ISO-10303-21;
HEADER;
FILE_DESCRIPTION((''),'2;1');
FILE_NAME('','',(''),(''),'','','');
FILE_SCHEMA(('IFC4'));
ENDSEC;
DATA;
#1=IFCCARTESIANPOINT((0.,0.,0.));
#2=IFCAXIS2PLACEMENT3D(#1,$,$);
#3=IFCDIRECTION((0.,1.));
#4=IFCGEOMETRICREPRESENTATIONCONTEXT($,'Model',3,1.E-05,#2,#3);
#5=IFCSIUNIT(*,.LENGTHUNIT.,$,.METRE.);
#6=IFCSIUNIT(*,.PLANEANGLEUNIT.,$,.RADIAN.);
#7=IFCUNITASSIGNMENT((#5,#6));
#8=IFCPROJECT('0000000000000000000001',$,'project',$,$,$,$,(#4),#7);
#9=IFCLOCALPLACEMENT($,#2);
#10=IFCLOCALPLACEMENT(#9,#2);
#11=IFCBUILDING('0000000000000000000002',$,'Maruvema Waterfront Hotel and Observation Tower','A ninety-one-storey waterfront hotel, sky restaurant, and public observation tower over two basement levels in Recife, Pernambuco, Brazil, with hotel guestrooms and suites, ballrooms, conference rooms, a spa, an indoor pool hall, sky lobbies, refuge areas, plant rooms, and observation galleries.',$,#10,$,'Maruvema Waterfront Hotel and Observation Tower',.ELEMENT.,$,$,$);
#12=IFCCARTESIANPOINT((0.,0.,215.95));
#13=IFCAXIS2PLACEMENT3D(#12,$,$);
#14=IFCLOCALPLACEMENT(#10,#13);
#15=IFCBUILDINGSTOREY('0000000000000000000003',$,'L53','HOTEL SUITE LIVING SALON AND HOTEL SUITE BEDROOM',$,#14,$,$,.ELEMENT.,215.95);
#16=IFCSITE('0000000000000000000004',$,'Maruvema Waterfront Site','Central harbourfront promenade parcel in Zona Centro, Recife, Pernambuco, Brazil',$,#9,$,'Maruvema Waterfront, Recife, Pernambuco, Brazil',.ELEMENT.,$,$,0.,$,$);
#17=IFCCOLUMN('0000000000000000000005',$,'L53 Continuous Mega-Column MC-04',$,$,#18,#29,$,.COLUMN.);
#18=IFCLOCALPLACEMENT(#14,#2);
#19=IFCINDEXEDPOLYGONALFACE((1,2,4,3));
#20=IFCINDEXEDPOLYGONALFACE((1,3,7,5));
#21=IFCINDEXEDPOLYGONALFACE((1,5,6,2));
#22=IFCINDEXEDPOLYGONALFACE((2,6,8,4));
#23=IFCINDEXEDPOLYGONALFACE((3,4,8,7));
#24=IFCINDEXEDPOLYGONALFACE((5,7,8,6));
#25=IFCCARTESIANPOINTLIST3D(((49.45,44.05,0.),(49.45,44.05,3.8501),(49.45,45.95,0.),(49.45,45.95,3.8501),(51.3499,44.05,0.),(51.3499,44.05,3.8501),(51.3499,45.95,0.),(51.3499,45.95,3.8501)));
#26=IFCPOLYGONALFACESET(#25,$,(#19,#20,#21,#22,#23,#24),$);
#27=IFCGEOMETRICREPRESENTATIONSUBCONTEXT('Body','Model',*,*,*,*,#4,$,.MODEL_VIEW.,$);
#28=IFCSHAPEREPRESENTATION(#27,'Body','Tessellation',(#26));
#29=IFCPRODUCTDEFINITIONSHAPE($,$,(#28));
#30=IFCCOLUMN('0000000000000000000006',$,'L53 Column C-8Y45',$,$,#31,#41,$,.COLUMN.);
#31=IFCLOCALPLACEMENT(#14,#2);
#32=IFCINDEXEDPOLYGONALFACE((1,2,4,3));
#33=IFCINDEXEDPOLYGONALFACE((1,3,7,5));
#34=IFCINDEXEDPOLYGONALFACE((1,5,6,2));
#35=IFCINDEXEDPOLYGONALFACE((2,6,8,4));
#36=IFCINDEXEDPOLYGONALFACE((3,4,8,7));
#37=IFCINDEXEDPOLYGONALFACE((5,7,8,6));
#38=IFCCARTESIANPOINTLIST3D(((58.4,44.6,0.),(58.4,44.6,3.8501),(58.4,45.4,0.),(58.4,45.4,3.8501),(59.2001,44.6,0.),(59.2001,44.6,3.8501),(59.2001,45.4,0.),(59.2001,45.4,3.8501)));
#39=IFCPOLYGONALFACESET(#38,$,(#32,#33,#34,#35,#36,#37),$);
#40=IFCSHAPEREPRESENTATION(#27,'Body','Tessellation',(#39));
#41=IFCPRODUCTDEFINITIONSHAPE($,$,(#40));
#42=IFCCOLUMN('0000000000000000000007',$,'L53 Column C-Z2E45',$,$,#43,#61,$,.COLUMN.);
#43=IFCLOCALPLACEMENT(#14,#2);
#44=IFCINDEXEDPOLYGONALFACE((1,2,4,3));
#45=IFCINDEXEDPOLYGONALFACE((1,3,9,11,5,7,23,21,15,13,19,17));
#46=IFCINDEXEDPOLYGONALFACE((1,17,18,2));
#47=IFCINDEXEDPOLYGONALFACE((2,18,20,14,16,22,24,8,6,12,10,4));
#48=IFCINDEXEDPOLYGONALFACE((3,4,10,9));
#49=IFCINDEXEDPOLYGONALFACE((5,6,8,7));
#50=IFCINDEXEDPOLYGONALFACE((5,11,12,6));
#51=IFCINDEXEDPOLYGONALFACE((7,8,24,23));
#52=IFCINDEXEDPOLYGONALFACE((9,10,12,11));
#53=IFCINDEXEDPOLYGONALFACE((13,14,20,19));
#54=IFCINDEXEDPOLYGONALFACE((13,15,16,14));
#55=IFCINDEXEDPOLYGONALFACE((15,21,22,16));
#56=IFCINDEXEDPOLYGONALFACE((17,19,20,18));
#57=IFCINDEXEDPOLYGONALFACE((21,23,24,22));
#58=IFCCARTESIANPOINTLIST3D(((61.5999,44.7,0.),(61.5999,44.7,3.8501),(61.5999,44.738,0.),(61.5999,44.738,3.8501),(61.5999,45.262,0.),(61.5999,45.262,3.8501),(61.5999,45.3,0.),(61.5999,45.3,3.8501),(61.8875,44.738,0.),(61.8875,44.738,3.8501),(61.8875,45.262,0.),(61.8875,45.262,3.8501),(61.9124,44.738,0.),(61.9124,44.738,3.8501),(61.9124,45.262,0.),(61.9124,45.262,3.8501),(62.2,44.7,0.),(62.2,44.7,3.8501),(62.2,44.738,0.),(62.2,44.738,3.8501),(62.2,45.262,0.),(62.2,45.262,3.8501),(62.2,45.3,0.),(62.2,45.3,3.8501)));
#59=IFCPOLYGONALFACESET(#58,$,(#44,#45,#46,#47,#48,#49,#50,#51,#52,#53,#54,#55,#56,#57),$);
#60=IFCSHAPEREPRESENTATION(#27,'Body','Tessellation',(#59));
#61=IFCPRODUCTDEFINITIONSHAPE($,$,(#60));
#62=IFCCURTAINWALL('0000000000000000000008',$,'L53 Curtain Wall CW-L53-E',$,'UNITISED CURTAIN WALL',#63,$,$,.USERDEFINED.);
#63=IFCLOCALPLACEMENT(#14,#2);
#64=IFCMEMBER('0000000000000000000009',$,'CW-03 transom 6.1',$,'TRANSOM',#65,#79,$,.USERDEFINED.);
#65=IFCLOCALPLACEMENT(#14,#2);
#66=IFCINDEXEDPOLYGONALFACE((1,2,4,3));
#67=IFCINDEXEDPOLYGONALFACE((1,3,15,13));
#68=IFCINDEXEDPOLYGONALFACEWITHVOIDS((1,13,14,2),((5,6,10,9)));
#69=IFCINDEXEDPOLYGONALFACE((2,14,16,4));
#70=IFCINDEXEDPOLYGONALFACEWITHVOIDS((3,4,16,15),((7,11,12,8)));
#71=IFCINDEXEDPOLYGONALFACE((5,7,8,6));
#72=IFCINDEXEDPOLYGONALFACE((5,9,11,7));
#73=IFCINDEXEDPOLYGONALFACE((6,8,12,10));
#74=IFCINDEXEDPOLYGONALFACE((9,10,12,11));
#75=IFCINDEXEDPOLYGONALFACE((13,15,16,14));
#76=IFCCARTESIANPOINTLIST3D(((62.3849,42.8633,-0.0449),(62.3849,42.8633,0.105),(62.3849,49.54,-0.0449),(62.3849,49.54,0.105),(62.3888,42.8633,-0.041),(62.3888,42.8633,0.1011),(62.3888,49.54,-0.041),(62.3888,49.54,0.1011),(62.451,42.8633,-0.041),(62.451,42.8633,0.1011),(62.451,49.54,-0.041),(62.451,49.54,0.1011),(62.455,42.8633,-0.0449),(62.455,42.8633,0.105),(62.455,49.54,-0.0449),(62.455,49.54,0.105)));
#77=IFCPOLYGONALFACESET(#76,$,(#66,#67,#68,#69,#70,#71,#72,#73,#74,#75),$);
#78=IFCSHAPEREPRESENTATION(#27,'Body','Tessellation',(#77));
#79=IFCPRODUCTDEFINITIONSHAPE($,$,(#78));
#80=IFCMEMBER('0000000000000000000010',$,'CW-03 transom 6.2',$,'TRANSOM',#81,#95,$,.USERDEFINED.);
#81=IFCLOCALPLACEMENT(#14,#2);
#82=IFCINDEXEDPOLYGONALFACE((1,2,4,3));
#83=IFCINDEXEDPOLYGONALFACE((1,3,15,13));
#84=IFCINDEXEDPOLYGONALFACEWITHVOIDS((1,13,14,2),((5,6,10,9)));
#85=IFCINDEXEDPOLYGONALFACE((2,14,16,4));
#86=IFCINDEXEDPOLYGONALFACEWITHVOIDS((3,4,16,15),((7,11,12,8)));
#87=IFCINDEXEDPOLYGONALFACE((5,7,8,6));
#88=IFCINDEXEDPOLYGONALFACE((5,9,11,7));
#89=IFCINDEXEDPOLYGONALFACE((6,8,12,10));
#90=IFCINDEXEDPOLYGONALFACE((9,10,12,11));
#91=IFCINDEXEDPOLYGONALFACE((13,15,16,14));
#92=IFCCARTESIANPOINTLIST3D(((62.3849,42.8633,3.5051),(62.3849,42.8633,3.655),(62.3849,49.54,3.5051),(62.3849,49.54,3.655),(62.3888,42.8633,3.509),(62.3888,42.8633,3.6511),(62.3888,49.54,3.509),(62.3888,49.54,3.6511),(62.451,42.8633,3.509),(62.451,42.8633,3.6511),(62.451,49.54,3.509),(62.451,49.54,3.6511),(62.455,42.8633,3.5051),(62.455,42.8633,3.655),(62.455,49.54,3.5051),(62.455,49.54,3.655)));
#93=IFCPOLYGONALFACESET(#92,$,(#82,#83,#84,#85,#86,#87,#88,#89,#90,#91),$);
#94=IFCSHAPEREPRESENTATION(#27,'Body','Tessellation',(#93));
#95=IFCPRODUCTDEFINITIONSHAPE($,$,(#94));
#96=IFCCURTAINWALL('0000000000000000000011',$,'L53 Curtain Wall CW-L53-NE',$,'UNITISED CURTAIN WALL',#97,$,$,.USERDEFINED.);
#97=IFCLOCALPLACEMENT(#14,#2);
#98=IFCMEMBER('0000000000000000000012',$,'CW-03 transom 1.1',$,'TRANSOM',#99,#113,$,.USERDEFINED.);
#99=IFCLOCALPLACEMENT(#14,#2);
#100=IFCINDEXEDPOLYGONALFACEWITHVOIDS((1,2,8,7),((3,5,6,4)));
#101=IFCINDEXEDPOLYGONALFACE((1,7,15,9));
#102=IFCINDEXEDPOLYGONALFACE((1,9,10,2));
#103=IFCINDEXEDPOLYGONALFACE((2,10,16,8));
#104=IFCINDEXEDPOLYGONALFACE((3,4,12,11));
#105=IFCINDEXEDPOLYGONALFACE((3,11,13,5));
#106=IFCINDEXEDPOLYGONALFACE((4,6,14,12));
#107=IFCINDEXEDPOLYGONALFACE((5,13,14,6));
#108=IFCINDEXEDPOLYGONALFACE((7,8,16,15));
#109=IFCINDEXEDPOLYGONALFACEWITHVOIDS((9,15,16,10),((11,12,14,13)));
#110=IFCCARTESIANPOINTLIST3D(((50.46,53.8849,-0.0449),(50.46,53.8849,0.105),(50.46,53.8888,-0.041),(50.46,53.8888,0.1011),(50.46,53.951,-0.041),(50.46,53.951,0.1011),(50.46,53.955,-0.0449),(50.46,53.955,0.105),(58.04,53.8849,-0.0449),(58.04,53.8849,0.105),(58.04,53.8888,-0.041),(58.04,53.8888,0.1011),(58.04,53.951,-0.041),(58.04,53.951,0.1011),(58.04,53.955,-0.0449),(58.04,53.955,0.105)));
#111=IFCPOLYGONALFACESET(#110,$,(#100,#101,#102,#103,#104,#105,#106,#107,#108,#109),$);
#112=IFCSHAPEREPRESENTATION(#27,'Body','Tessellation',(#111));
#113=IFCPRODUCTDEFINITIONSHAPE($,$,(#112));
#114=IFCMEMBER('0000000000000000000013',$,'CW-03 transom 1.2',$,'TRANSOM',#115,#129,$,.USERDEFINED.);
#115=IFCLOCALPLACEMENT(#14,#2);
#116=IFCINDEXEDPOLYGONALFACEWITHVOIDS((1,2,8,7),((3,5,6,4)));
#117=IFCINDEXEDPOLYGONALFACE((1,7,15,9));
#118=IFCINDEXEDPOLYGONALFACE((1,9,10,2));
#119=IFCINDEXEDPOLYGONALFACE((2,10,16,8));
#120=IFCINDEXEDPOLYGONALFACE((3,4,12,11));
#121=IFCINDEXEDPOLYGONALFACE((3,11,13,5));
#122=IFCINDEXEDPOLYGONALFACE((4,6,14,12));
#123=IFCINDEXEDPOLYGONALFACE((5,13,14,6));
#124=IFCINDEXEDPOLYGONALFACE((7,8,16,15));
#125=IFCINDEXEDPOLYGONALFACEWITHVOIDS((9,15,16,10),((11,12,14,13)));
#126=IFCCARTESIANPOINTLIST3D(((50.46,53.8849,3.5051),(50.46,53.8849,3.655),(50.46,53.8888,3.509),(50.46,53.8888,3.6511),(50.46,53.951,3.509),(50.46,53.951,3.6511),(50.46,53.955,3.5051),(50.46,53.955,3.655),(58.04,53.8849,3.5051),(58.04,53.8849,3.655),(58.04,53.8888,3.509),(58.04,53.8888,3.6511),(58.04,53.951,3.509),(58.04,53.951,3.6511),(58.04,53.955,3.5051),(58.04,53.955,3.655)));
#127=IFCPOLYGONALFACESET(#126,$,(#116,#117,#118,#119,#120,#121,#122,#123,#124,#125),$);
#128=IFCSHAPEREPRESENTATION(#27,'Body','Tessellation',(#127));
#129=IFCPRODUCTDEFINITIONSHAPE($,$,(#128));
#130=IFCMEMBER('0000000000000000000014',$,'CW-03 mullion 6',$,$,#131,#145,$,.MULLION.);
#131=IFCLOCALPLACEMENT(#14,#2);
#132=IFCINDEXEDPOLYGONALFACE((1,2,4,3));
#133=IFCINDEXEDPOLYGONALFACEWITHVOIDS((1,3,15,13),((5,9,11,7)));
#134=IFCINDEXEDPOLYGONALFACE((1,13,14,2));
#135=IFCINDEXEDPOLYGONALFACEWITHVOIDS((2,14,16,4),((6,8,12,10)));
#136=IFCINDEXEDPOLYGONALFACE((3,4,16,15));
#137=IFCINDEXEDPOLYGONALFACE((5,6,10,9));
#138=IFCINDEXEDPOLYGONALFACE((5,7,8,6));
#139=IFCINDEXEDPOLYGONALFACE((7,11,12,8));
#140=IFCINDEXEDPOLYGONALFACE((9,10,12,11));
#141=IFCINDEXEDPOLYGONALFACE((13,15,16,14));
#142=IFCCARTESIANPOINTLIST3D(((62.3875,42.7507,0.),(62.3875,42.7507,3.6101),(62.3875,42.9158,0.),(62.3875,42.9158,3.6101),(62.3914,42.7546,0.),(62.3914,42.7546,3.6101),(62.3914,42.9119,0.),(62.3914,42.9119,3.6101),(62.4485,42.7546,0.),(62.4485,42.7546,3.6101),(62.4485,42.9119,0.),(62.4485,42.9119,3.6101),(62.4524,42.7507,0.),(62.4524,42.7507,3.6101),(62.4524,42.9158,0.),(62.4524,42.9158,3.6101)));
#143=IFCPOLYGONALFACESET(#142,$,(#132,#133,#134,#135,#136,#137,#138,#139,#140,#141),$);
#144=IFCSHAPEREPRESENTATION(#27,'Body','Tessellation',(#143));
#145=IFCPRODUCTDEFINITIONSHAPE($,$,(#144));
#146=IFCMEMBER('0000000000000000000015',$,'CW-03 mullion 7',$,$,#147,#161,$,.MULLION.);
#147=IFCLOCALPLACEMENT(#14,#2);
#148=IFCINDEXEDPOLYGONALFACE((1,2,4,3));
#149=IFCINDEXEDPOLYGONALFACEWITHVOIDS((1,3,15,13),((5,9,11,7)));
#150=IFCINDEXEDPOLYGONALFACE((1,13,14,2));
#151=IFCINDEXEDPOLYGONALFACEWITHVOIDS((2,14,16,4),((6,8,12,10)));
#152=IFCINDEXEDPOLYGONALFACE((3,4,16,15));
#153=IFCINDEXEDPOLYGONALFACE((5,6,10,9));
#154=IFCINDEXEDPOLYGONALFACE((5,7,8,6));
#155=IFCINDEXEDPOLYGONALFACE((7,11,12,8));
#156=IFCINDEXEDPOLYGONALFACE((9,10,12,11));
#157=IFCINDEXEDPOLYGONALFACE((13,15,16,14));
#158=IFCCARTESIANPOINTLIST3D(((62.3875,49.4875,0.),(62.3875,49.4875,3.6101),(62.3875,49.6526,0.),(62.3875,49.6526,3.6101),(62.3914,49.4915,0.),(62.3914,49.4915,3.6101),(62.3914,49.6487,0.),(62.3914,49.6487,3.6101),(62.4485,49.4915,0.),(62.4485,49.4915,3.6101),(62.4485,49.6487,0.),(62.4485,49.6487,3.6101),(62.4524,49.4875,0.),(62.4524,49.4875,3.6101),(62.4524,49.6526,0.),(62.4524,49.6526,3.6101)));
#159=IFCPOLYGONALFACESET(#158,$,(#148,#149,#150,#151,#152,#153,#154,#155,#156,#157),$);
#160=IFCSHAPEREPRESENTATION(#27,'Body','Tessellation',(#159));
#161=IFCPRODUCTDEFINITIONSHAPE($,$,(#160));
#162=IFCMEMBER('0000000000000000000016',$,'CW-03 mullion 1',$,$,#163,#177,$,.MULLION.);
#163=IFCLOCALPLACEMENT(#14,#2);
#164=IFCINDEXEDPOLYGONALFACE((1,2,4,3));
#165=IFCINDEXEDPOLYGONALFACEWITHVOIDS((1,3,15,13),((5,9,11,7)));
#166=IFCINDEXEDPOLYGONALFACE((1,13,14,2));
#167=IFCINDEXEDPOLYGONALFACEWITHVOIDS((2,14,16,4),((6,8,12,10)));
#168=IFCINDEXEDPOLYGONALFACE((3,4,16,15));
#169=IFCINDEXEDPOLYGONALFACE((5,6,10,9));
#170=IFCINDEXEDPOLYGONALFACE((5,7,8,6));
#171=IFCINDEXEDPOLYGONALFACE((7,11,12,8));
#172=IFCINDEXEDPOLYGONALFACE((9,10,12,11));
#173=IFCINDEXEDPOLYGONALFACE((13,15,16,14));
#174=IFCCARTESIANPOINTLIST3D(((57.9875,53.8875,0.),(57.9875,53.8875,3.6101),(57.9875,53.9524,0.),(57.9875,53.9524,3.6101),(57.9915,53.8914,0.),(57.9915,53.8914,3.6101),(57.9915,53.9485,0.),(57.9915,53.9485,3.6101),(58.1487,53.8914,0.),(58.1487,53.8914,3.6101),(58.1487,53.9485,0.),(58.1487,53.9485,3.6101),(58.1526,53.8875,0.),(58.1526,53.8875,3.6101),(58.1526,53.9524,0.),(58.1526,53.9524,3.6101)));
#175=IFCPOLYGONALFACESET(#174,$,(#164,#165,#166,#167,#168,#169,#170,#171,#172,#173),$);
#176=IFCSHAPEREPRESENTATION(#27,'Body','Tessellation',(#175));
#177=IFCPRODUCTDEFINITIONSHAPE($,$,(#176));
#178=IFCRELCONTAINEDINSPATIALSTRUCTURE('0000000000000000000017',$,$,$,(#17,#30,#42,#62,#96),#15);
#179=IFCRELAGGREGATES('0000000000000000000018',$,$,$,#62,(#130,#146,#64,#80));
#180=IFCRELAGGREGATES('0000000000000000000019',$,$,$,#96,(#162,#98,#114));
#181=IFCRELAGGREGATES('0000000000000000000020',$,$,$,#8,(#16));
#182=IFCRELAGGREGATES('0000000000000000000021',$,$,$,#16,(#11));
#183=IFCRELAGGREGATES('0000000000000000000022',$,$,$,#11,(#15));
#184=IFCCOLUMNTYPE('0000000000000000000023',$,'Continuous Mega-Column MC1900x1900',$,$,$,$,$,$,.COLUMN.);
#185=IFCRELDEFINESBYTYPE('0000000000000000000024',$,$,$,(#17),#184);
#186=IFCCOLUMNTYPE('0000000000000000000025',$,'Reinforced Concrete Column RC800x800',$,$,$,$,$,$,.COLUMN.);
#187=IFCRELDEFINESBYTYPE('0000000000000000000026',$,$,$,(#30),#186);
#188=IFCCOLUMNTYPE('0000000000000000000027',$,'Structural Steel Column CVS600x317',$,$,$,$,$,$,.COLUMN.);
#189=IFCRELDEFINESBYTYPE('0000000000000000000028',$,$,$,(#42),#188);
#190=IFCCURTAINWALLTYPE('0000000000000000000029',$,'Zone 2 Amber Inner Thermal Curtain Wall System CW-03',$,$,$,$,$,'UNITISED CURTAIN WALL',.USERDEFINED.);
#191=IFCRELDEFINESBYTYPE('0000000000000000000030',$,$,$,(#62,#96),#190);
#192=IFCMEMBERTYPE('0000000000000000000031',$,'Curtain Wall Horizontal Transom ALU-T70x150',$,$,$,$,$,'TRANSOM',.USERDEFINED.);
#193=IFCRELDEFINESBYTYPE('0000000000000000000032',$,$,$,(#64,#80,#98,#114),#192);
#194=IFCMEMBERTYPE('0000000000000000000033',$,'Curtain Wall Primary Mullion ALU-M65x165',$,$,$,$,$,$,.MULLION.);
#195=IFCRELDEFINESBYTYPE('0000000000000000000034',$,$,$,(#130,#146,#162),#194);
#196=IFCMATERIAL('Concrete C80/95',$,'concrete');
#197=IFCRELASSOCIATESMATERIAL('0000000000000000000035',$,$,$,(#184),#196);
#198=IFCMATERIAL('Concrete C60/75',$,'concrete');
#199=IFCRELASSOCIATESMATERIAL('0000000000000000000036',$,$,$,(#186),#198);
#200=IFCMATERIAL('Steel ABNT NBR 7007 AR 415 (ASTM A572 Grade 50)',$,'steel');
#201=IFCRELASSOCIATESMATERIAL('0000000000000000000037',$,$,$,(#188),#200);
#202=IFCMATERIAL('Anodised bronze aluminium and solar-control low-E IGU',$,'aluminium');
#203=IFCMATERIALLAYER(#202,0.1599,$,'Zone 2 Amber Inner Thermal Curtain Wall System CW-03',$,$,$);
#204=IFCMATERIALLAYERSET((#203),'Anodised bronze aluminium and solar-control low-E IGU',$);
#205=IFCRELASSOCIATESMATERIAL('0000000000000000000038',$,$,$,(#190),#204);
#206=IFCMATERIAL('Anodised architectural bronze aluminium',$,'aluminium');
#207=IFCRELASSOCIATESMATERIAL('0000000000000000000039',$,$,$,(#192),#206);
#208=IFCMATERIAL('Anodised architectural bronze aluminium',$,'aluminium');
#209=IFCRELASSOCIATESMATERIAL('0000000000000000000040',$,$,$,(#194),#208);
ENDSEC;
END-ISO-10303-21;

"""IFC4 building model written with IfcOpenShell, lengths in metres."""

from ifc_helpers import new_model, si_unit, direction, frame, origin, origin_2d, place, context, subcontext, project, spatial, rectangle, hollow_rectangle, i_section, extrude, material, layer, layer_set, material_profile, profile_set, type_object, element, aggregate, save


model = new_model("IFC4")

# Units and contexts
model_context = context("Model", 3, precision=1e-05, world=origin(), true_north=direction((0.0, 1.0)))
body_context = subcontext(model_context, "Body", "Model", "MODEL_VIEW")
ifc_project = project(units=[si_unit("LENGTHUNIT", "METRE"), si_unit("PLANEANGLEUNIT", "RADIAN")], contexts=[model_context])

# Site, building, storey
site_placement = place(None, origin())
site = spatial("IfcSite", under=ifc_project, at=site_placement, Name="Maruvema Waterfront Site", Description="Central harbourfront promenade parcel in Zona Centro, Recife, Pernambuco, Brazil", LongName="Maruvema Waterfront, Recife, Pernambuco, Brazil", CompositionType="ELEMENT", RefElevation=0.0)
building_placement = place(site_placement, origin())
building = spatial("IfcBuilding", under=site, at=building_placement, Name="Maruvema Waterfront Hotel and Observation Tower", Description="A ninety-one-storey waterfront hotel, sky restaurant, and public observation tower over two basement levels in Recife, Pernambuco, Brazil, with hotel guestrooms and suites, ballrooms, conference rooms, a spa, an indoor pool hall, sky lobbies, refuge areas, plant rooms, and observation galleries.", LongName="Maruvema Waterfront Hotel and Observation Tower", CompositionType="ELEMENT")
storey_placement = place(building_placement, frame((0.0, 0.0, 215.95)))
storey = spatial("IfcBuildingStorey", under=building, at=storey_placement, Name="L53", Description="HOTEL SUITE LIVING SALON AND HOTEL SUITE BEDROOM", CompositionType="ELEMENT", Elevation=215.95)

# Columns
ifc_material_1 = material(Name="Concrete C80/95", Category="concrete")
ifc_material_profile_1 = material_profile(ifc_material_1, rectangle(XDim=1.8999, YDim=1.8999, at=origin_2d()), Name="MC1900x1900")
ifc_profile_set_1 = profile_set([ifc_material_profile_1], Name="Concrete C80/95")
column_type_1 = type_object("IfcColumnType", Name="Continuous Mega-Column MC1900x1900", PredefinedType="COLUMN", material=ifc_profile_set_1)
column_1_placement = place(storey_placement, frame((50.3999, 45.0, 0.0), z_axis=(0.0, 0.0, 1.0), x_axis=(1.0, 0.0, 0.0)))
element("IfcColumn", 1, at=column_1_placement, inside=storey, type_object=column_type_1, Name="L53 Continuous Mega-Column MC-04", PredefinedType="COLUMN", context=body_context, shape_type="SweptSolid", body=[
    extrude(rectangle(XDim=1.8999, YDim=1.8999, at=origin_2d()), origin(), (0.0, 0.0, 1.0), 3.8501),
])
ifc_material_2 = material(Name="Concrete C60/75", Category="concrete")
ifc_material_profile_2 = material_profile(ifc_material_2, rectangle(XDim=0.8, YDim=0.8, at=origin_2d()), Name="RC800x800")
ifc_profile_set_2 = profile_set([ifc_material_profile_2], Name="Concrete C60/75")
column_type_2 = type_object("IfcColumnType", Name="Reinforced Concrete Column RC800x800", PredefinedType="COLUMN", material=ifc_profile_set_2)
column_2_placement = place(storey_placement, frame((58.8, 45.0, 0.0), z_axis=(0.0, 0.0, 1.0), x_axis=(1.0, 0.0, 0.0)))
element("IfcColumn", 2, at=column_2_placement, inside=storey, type_object=column_type_2, Name="L53 Column C-8Y45", PredefinedType="COLUMN", context=body_context, shape_type="SweptSolid", body=[
    extrude(rectangle(XDim=0.8, YDim=0.8, at=origin_2d()), origin(), (0.0, 0.0, 1.0), 3.8501),
])
ifc_material_3 = material(Name="Steel ABNT NBR 7007 AR 415 (ASTM A572 Grade 50)", Category="steel")
ifc_material_profile_3 = material_profile(ifc_material_3, i_section(OverallWidth=0.6001, OverallDepth=0.6001, WebThickness=0.0249, FlangeThickness=0.0381, at=origin_2d()), Name="CVS600x317")
ifc_profile_set_3 = profile_set([ifc_material_profile_3], Name="Steel ABNT NBR 7007 AR 415 (ASTM A572 Grade 50)")
column_type_3 = type_object("IfcColumnType", Name="Structural Steel Column CVS600x317", PredefinedType="COLUMN", material=ifc_profile_set_3)
column_3_placement = place(storey_placement, frame((61.8999, 45.0, 0.0), z_axis=(0.0, 0.0, 1.0), x_axis=(1.0, 0.0, 0.0)))
element("IfcColumn", 3, at=column_3_placement, inside=storey, type_object=column_type_3, Name="L53 Column C-Z2E45", PredefinedType="COLUMN", context=body_context, shape_type="SweptSolid", body=[
    extrude(i_section(OverallWidth=0.6001, OverallDepth=0.6001, WebThickness=0.0249, FlangeThickness=0.0381, at=origin_2d()), origin(), (0.0, 0.0, 1.0), 3.8501),
])

# Curtain walls, members
ifc_material_4 = material(Name="Anodised bronze aluminium and solar-control low-E IGU", Category="aluminium")
ifc_layer_1 = layer(ifc_material_4, 0.1599, Name="Zone 2 Amber Inner Thermal Curtain Wall System CW-03")
ifc_layer_set_1 = layer_set([ifc_layer_1], Name="Anodised bronze aluminium and solar-control low-E IGU")
curtain_wall_type = type_object("IfcCurtainWallType", Name="Zone 2 Amber Inner Thermal Curtain Wall System CW-03", ElementType="UNITISED CURTAIN WALL", PredefinedType="USERDEFINED", material=ifc_layer_set_1)
curtain_wall_1_placement = place(storey_placement, origin())
curtain_wall_1 = element("IfcCurtainWall", 4, at=curtain_wall_1_placement, inside=storey, type_object=curtain_wall_type, Name="L53 Curtain Wall CW-L53-E", ObjectType="UNITISED CURTAIN WALL", PredefinedType="USERDEFINED")
ifc_material_5 = material(Name="Anodised architectural bronze aluminium", Category="aluminium")
ifc_material_profile_4 = material_profile(ifc_material_5, hollow_rectangle(XDim=0.0701, YDim=0.1499, WallThickness=0.0039, at=origin_2d()), Name="ALU-T70x150")
ifc_profile_set_4 = profile_set([ifc_material_profile_4], Name="Anodised architectural bronze aluminium")
member_type_1 = type_object("IfcMemberType", Name="Curtain Wall Horizontal Transom ALU-T70x150", ElementType="TRANSOM", PredefinedType="USERDEFINED", material=ifc_profile_set_4)
member_1_placement = place(storey_placement, frame((62.4199, 42.8633, 0.03), z_axis=(0.0, 1.0, 0.0), x_axis=(-1.0, 0.0, 0.0)))
member_1 = element("IfcMember", 5, at=member_1_placement, type_object=member_type_1, Name="CW-03 transom 6.1", ObjectType="TRANSOM", PredefinedType="USERDEFINED", context=body_context, shape_type="SweptSolid", body=[
    extrude(hollow_rectangle(XDim=0.0701, YDim=0.1499, WallThickness=0.0039, at=origin_2d()), origin(), (0.0, 0.0, 1.0), 6.6768),
])
member_2_placement = place(storey_placement, frame((62.4199, 42.8633, 3.5801), z_axis=(0.0, 1.0, 0.0), x_axis=(-1.0, 0.0, 0.0)))
member_2 = element("IfcMember", 6, at=member_2_placement, type_object=member_type_1, Name="CW-03 transom 6.2", ObjectType="TRANSOM", PredefinedType="USERDEFINED", context=body_context, shape_type="SweptSolid", body=[
    extrude(hollow_rectangle(XDim=0.0701, YDim=0.1499, WallThickness=0.0039, at=origin_2d()), origin(), (0.0, 0.0, 1.0), 6.6768),
])
curtain_wall_2_placement = place(storey_placement, origin())
curtain_wall_2 = element("IfcCurtainWall", 7, at=curtain_wall_2_placement, inside=storey, type_object=curtain_wall_type, Name="L53 Curtain Wall CW-L53-NE", ObjectType="UNITISED CURTAIN WALL", PredefinedType="USERDEFINED")
member_3_placement = place(storey_placement, frame((58.04, 53.9199, 0.03), z_axis=(-1.0, 0.0, 0.0), x_axis=(0.0, -1.0, 0.0)))
member_3 = element("IfcMember", 8, at=member_3_placement, type_object=member_type_1, Name="CW-03 transom 1.1", ObjectType="TRANSOM", PredefinedType="USERDEFINED", context=body_context, shape_type="SweptSolid", body=[
    extrude(hollow_rectangle(XDim=0.0701, YDim=0.1499, WallThickness=0.0039, at=origin_2d()), origin(), (0.0, 0.0, 1.0), 7.5801),
])
member_4_placement = place(storey_placement, frame((58.04, 53.9199, 3.5801), z_axis=(-1.0, 0.0, 0.0), x_axis=(0.0, -1.0, 0.0)))
member_4 = element("IfcMember", 9, at=member_4_placement, type_object=member_type_1, Name="CW-03 transom 1.2", ObjectType="TRANSOM", PredefinedType="USERDEFINED", context=body_context, shape_type="SweptSolid", body=[
    extrude(hollow_rectangle(XDim=0.0701, YDim=0.1499, WallThickness=0.0039, at=origin_2d()), origin(), (0.0, 0.0, 1.0), 7.5801),
])

# Members
ifc_material_6 = material(Name="Anodised architectural bronze aluminium", Category="aluminium")
ifc_material_profile_5 = material_profile(ifc_material_6, hollow_rectangle(XDim=0.0649, YDim=0.165, WallThickness=0.0039, at=origin_2d()), Name="ALU-M65x165")
ifc_profile_set_5 = profile_set([ifc_material_profile_5], Name="Anodised architectural bronze aluminium")
member_type_2 = type_object("IfcMemberType", Name="Curtain Wall Primary Mullion ALU-M65x165", PredefinedType="MULLION", material=ifc_profile_set_5)
member_5_placement = place(storey_placement, frame((62.4199, 42.8333, 0.0), z_axis=(0.0, 0.0, 1.0), x_axis=(-1.0, 0.0, 0.0)))
member_5 = element("IfcMember", 10, at=member_5_placement, type_object=member_type_2, Name="CW-03 mullion 6", PredefinedType="MULLION", context=body_context, shape_type="SweptSolid", body=[
    extrude(hollow_rectangle(XDim=0.0649, YDim=0.165, WallThickness=0.0039, at=origin_2d()), origin(), (0.0, 0.0, 1.0), 3.6101),
])
member_6_placement = place(storey_placement, frame((62.4199, 49.5701, 0.0), z_axis=(0.0, 0.0, 1.0), x_axis=(-1.0, 0.0, 0.0)))
member_6 = element("IfcMember", 11, at=member_6_placement, type_object=member_type_2, Name="CW-03 mullion 7", PredefinedType="MULLION", context=body_context, shape_type="SweptSolid", body=[
    extrude(hollow_rectangle(XDim=0.0649, YDim=0.165, WallThickness=0.0039, at=origin_2d()), origin(), (0.0, 0.0, 1.0), 3.6101),
])
member_7_placement = place(storey_placement, frame((58.0701, 53.9199, 0.0), z_axis=(0.0, 0.0, 1.0), x_axis=(0.0, -1.0, 0.0)))
member_7 = element("IfcMember", 12, at=member_7_placement, type_object=member_type_2, Name="CW-03 mullion 1", PredefinedType="MULLION", context=body_context, shape_type="SweptSolid", body=[
    extrude(hollow_rectangle(XDim=0.0649, YDim=0.165, WallThickness=0.0039, at=origin_2d()), origin(), (0.0, 0.0, 1.0), 3.6101),
])

aggregate(curtain_wall_1, [member_5, member_6, member_1, member_2])
aggregate(curtain_wall_2, [member_7, member_3, member_4])

save(model, "model.ifc")
